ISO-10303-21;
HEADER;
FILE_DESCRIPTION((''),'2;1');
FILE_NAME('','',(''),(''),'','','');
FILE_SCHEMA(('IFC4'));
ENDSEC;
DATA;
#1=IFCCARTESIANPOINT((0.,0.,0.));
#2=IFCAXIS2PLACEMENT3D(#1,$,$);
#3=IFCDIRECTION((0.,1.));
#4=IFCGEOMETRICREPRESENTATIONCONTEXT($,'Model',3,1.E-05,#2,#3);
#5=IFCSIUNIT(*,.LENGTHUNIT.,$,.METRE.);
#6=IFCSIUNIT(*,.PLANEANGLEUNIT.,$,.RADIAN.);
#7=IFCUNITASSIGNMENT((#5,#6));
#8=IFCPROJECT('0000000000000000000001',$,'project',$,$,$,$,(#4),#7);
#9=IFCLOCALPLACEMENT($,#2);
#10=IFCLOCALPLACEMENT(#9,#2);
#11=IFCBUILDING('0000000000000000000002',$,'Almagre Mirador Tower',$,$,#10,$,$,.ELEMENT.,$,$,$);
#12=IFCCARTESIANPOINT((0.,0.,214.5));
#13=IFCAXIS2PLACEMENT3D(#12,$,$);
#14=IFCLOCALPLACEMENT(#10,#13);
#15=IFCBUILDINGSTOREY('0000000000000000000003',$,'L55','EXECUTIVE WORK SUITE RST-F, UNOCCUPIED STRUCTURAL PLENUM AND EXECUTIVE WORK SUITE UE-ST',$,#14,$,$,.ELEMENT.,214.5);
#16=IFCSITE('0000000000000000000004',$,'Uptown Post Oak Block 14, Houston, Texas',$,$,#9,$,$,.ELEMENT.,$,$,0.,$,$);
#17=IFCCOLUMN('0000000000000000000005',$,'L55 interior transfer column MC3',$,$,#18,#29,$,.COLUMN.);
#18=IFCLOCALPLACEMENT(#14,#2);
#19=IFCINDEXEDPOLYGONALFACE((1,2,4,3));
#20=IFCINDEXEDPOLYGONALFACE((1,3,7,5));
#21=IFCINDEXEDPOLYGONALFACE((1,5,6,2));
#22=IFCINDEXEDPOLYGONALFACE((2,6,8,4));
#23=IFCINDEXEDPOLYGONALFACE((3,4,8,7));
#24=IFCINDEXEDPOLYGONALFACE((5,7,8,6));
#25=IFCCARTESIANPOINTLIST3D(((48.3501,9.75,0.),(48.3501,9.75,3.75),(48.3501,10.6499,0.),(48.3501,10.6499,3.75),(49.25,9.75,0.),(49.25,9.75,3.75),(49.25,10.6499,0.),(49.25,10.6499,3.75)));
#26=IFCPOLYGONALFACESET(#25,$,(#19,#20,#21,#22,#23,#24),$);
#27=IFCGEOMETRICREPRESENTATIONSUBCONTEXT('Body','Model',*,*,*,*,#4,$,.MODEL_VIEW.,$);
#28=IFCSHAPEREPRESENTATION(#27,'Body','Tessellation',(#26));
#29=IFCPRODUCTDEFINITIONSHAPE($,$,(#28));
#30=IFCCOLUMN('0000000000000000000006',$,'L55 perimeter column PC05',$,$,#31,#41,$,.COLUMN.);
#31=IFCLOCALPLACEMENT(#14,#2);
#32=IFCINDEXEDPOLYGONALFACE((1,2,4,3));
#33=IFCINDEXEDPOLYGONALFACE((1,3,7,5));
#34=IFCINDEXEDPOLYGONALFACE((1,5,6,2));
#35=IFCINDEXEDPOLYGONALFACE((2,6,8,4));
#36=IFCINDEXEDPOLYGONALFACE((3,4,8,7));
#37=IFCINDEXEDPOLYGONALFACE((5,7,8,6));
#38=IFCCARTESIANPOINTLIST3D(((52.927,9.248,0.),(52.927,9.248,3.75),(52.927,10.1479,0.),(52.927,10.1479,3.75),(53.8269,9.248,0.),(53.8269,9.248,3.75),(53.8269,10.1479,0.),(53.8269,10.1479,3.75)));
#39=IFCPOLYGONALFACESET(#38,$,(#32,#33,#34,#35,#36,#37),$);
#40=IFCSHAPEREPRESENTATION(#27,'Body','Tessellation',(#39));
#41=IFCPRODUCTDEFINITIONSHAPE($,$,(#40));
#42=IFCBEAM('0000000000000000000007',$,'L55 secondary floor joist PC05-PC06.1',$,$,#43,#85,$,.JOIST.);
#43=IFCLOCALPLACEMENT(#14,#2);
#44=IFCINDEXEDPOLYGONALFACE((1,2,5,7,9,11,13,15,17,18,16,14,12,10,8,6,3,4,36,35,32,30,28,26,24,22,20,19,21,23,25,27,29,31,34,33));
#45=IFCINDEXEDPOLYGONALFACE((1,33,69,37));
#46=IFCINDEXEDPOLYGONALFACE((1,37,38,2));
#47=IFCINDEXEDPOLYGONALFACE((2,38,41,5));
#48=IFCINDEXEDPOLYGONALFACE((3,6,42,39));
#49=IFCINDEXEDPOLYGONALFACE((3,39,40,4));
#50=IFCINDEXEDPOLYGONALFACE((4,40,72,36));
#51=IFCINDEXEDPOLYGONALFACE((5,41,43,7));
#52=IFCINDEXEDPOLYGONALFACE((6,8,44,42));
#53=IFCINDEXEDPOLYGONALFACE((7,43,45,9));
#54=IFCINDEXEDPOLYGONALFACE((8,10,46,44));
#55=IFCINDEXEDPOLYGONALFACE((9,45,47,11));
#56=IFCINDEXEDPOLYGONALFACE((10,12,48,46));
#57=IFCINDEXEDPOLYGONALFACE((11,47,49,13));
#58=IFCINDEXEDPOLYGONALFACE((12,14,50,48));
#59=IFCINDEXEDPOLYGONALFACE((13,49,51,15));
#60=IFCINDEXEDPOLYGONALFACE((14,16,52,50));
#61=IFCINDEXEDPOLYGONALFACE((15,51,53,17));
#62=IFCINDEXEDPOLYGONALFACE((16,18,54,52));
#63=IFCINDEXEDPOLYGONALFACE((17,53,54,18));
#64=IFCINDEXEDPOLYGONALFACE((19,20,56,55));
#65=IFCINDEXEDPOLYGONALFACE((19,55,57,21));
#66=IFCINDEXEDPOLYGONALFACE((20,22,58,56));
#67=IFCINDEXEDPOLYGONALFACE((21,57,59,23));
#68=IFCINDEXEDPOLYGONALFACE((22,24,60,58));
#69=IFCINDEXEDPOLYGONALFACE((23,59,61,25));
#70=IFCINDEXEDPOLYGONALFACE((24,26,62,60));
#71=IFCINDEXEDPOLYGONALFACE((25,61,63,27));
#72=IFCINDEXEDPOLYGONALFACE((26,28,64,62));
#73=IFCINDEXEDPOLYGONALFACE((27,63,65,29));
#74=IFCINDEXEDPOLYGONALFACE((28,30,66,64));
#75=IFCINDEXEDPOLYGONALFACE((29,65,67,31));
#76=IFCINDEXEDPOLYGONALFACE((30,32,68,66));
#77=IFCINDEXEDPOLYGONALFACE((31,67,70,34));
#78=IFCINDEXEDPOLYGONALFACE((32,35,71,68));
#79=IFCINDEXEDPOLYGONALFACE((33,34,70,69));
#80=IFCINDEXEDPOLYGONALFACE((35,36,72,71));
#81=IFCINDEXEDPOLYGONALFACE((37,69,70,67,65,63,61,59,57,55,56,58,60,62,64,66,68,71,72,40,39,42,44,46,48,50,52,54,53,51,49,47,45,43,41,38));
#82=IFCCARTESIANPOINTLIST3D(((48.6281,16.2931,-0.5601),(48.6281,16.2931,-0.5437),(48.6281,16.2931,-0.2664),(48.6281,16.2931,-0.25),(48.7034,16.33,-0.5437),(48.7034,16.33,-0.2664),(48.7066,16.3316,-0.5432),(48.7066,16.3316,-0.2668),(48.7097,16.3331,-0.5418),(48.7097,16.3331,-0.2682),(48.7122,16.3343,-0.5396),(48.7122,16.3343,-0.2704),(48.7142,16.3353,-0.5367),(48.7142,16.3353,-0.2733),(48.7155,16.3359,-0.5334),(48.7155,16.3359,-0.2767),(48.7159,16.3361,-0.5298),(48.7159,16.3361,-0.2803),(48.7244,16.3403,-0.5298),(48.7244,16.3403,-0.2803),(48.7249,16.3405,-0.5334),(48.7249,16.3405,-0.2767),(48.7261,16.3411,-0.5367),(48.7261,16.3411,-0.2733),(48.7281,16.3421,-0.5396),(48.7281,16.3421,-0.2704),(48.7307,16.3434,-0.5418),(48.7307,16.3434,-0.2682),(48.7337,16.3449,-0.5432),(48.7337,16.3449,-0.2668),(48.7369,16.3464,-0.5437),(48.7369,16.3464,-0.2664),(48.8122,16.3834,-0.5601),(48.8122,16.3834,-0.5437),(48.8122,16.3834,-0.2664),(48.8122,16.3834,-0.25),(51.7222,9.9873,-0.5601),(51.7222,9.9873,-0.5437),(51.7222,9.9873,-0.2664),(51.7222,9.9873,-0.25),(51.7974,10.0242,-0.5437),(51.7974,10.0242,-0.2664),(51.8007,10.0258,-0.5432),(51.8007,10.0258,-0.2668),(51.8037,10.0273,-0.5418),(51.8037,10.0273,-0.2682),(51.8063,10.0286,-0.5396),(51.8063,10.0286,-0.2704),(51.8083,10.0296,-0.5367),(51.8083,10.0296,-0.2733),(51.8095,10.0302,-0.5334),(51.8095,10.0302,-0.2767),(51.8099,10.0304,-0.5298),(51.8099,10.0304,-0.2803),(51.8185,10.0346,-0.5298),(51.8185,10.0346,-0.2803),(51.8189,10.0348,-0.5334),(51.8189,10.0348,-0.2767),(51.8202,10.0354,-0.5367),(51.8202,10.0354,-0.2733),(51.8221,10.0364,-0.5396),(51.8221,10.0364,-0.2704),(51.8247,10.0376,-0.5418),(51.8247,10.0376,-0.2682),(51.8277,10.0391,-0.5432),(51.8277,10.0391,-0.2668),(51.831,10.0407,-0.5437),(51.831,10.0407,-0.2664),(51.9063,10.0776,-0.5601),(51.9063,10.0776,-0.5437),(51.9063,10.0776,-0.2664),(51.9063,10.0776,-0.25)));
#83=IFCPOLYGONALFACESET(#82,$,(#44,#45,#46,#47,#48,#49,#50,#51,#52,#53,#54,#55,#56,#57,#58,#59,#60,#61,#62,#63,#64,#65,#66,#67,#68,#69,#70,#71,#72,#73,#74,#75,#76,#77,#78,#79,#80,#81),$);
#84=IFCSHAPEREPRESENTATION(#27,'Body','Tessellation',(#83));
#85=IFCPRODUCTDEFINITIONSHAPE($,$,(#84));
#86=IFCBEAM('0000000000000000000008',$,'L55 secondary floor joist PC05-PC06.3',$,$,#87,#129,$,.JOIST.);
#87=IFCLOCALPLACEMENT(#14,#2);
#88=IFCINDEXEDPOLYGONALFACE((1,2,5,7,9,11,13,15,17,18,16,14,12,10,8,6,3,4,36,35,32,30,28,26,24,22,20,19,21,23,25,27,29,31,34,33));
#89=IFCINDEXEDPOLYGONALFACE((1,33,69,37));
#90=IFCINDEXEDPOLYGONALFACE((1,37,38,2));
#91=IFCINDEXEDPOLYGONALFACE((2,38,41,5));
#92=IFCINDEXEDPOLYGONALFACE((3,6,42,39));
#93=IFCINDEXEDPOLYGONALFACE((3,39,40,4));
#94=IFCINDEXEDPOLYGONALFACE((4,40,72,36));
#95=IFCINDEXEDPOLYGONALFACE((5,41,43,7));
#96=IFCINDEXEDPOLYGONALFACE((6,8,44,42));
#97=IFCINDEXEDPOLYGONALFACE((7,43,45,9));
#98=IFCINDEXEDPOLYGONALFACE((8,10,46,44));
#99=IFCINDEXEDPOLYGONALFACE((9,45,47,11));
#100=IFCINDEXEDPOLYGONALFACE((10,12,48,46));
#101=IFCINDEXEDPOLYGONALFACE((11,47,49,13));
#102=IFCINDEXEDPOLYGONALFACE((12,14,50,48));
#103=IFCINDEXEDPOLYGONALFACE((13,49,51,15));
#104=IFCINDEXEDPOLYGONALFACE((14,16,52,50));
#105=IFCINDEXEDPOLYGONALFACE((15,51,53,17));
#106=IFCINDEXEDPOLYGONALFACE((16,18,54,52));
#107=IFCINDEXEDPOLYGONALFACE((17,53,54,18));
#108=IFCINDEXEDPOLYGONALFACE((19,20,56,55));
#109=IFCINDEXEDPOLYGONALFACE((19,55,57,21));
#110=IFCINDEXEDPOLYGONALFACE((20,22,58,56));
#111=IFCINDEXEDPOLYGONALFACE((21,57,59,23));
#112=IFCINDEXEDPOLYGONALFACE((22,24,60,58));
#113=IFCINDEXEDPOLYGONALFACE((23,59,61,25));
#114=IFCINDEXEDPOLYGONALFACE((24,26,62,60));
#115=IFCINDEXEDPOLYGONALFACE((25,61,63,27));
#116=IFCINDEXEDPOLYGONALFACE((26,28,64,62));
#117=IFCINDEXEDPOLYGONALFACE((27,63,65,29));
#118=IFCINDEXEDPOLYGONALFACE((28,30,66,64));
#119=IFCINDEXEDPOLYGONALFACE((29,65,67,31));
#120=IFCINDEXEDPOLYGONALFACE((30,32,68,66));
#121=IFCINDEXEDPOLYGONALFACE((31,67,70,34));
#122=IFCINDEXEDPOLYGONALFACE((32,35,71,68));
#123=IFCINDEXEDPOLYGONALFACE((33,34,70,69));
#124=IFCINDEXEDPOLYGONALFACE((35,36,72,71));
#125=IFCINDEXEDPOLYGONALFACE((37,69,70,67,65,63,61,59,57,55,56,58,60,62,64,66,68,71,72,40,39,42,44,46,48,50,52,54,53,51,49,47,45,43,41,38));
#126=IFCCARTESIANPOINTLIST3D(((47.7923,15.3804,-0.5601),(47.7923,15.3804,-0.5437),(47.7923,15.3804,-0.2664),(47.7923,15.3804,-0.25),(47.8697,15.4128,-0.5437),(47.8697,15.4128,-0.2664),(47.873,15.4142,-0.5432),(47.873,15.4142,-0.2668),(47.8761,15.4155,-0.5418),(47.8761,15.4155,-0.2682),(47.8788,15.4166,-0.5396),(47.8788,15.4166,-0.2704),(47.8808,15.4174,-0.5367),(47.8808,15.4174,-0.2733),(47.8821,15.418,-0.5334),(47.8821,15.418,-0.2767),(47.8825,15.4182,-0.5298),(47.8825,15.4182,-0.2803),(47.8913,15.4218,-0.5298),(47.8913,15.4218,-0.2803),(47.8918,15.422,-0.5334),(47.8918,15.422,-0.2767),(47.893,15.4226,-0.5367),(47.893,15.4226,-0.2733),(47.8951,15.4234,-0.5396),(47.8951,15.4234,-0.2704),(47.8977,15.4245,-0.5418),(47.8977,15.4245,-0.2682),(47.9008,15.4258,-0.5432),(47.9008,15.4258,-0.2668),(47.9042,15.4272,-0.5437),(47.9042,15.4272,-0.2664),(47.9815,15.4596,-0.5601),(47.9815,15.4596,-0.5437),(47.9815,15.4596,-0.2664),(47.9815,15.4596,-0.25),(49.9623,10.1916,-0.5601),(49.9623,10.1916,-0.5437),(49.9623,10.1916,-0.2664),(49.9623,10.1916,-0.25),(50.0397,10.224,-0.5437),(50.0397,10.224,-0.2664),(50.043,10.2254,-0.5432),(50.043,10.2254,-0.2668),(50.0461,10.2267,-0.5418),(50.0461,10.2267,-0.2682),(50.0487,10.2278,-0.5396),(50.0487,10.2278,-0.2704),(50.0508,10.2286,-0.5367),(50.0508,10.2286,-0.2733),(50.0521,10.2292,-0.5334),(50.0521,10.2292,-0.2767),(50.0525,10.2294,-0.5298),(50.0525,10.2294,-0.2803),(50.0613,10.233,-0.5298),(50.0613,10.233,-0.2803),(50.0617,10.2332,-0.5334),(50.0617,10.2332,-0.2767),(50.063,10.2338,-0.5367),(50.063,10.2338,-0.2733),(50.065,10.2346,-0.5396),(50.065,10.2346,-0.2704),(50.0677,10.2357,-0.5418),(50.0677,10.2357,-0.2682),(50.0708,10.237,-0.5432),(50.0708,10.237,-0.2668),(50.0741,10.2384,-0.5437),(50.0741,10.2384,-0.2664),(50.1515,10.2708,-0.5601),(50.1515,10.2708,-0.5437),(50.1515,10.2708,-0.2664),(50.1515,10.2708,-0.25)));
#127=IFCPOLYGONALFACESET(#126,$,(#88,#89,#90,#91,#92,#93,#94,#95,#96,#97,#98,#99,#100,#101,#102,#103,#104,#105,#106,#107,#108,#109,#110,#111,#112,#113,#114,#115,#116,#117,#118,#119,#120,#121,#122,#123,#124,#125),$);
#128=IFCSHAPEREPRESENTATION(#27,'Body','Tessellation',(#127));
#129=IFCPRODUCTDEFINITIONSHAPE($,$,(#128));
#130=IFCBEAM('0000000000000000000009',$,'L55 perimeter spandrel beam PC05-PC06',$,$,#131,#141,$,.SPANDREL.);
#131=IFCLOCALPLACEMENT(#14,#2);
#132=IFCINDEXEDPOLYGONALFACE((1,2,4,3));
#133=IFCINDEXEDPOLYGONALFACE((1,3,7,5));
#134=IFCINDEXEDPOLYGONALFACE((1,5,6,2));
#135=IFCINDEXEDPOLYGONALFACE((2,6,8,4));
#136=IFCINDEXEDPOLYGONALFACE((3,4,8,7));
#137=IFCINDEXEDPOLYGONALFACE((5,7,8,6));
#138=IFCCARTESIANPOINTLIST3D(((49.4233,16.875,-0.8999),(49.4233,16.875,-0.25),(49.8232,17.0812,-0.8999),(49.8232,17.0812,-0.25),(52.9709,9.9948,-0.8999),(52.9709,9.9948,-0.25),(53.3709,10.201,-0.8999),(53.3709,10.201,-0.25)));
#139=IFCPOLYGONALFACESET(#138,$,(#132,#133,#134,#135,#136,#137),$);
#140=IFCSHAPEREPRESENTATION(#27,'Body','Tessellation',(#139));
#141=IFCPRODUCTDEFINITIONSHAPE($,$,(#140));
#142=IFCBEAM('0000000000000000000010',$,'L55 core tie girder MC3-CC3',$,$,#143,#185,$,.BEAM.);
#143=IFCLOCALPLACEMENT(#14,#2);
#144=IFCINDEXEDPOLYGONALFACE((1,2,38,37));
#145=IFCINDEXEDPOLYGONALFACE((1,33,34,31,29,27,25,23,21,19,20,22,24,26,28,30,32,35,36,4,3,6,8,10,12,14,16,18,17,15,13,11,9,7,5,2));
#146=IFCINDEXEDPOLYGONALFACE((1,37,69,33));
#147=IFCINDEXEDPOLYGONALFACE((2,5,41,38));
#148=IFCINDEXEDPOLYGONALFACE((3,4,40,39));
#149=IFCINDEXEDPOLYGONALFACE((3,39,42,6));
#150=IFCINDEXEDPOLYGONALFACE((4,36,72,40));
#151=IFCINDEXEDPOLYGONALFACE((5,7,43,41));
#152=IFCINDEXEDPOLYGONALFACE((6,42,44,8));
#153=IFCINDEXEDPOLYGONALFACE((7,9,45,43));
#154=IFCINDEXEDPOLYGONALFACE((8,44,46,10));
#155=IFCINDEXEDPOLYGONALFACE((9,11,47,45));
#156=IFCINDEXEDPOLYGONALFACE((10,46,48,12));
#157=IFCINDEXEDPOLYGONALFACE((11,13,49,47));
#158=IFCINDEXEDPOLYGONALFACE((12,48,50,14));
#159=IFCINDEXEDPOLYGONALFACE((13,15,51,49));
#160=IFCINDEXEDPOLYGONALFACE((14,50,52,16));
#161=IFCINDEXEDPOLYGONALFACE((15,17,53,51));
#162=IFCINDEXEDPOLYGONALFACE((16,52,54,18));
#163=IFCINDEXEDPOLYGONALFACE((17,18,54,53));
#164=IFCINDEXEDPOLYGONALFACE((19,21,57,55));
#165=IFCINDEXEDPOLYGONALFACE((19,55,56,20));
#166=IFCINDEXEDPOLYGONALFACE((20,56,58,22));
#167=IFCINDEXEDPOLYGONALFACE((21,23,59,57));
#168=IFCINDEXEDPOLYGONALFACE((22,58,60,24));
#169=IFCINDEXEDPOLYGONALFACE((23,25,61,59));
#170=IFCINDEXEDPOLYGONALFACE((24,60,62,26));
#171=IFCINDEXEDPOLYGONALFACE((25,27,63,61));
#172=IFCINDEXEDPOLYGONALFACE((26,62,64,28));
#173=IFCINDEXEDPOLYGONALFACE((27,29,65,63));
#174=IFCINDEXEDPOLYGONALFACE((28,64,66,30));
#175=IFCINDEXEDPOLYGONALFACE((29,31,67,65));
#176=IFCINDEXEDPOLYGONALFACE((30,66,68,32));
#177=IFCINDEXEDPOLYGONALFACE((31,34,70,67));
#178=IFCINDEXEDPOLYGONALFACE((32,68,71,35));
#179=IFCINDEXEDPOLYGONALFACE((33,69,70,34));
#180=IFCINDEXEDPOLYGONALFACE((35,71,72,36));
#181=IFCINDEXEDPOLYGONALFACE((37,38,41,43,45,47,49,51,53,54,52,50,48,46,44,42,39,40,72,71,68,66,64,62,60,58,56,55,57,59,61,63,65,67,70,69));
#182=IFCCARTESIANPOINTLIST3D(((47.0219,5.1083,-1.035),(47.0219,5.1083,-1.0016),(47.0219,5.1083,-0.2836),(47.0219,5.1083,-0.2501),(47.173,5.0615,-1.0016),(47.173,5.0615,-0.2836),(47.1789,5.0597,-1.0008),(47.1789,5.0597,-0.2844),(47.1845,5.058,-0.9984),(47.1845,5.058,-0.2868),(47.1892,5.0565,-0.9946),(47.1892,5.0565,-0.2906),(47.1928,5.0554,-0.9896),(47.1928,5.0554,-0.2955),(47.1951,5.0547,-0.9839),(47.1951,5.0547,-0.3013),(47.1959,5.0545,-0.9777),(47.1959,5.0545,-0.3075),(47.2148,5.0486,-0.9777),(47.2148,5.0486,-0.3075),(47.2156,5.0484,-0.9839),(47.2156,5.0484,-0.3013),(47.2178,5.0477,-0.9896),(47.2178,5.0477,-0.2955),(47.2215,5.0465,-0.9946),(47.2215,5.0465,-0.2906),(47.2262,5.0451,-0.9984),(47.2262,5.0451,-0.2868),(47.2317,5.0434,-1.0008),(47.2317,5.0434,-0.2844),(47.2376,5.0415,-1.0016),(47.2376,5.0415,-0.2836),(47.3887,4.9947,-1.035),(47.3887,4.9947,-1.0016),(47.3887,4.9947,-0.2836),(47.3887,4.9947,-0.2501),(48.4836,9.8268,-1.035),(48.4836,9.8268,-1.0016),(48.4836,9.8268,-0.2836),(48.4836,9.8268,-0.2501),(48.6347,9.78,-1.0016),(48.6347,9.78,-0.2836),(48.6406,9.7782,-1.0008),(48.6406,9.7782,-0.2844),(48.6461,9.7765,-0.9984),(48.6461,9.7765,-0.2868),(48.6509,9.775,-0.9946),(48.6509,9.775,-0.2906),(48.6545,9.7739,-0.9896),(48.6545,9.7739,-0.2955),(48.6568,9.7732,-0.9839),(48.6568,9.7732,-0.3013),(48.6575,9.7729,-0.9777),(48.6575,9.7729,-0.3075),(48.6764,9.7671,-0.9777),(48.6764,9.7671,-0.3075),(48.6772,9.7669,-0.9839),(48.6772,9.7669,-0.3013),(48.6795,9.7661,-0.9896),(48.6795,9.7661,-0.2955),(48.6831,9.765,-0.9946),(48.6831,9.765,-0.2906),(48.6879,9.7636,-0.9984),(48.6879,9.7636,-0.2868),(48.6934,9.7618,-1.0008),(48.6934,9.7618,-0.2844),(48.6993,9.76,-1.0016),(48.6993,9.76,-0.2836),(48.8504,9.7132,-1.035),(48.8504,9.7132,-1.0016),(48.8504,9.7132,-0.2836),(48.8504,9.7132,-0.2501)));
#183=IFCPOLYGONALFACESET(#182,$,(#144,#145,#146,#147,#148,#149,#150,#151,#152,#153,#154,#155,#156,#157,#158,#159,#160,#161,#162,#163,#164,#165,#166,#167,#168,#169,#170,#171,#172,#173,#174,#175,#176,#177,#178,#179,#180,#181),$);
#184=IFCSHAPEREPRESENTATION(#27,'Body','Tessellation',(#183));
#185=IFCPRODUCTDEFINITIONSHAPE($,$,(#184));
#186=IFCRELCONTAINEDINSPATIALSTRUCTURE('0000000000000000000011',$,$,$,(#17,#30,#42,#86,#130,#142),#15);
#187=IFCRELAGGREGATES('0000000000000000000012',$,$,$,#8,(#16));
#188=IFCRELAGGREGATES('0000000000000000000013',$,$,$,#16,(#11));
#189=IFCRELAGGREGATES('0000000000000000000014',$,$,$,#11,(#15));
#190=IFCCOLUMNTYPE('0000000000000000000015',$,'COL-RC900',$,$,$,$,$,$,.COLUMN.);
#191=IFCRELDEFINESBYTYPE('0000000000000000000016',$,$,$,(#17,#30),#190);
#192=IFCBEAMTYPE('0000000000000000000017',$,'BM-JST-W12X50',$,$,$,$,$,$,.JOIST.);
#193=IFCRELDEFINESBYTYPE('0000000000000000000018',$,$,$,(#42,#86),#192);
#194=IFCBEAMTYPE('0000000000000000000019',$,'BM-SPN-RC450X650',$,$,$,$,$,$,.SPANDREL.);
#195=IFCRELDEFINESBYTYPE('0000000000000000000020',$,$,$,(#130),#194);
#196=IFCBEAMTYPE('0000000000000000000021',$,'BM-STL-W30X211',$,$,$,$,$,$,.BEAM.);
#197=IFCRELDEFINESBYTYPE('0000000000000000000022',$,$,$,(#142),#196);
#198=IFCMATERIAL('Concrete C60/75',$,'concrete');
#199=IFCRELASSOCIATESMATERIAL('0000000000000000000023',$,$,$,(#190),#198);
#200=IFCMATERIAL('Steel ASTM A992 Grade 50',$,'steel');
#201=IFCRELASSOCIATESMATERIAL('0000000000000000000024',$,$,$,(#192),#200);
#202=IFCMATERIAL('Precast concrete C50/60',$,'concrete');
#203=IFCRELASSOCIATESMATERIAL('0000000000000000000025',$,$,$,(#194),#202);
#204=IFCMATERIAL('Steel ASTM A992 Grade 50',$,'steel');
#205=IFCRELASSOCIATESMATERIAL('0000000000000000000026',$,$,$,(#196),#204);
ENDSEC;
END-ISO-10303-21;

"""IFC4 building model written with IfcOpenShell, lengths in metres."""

from ifc_helpers import new_model, si_unit, direction, frame, origin, origin_2d, place, context, subcontext, project, spatial, rectangle, i_section, extrude, material, material_profile, profile_set, type_object, element, save


model = new_model("IFC4")

# Units and contexts
model_context = context("Model", 3, precision=1e-05, world=origin(), true_north=direction((0.0, 1.0)))
body_context = subcontext(model_context, "Body", "Model", "MODEL_VIEW")
ifc_project = project(units=[si_unit("LENGTHUNIT", "METRE"), si_unit("PLANEANGLEUNIT", "RADIAN")], contexts=[model_context])

# Site, building, storey
site_placement = place(None, origin())
site = spatial("IfcSite", under=ifc_project, at=site_placement, Name="Uptown Post Oak Block 14, Houston, Texas", CompositionType="ELEMENT", RefElevation=0.0)
building_placement = place(site_placement, origin())
building = spatial("IfcBuilding", under=site, at=building_placement, Name="Almagre Mirador Tower", CompositionType="ELEMENT")
storey_placement = place(building_placement, frame((0.0, 0.0, 214.5)))
storey = spatial("IfcBuildingStorey", under=building, at=storey_placement, Name="L55", Description="EXECUTIVE WORK SUITE RST-F, UNOCCUPIED STRUCTURAL PLENUM AND EXECUTIVE WORK SUITE UE-ST", CompositionType="ELEMENT", Elevation=214.5)

# Columns
ifc_material_1 = material(Name="Concrete C60/75", Category="concrete")
ifc_material_profile_1 = material_profile(ifc_material_1, rectangle(XDim=0.8999, YDim=0.8999, at=origin_2d()), Name="RC900X900")
ifc_profile_set_1 = profile_set([ifc_material_profile_1], Name="Concrete C60/75")
column_type = type_object("IfcColumnType", Name="COL-RC900", PredefinedType="COLUMN", material=ifc_profile_set_1)
for number, where, z_axis, x_axis, name in (
    (1, (48.8, 10.2, 0.0), (0.0, 0.0, 1.0), (1.0, 0.0, 0.0), "L55 interior transfer column MC3"),
    (2, (53.377, 9.698, 0.0), (0.0, 0.0, 1.0), (1.0, 0.0, 0.0), "L55 perimeter column PC05"),
):
    element("IfcColumn", number, at=place(storey_placement, frame(where, z_axis=z_axis, x_axis=x_axis)), inside=storey, type_object=column_type, Name=name, PredefinedType="COLUMN", context=body_context, shape_type="SweptSolid", body=[
        extrude(rectangle(XDim=0.8999, YDim=0.8999, at=origin_2d()), origin(), (0.0, 0.0, 1.0), 3.75),
    ])

# Beams
ifc_material_2 = material(Name="Steel ASTM A992 Grade 50", Category="steel")
ifc_material_profile_2 = material_profile(ifc_material_2, i_section(OverallWidth=0.2051, OverallDepth=0.3101, WebThickness=0.0095, FlangeThickness=0.0164, FilletRadius=0.0139, at=origin_2d()), Name="W12X50")
ifc_profile_set_2 = profile_set([ifc_material_profile_2], Name="Steel ASTM A992 Grade 50")
beam_type_1 = type_object("IfcBeamType", Name="BM-JST-W12X50", PredefinedType="JOIST", material=ifc_profile_set_2)
beam_1_placement = place(storey_placement, frame((51.8142, 10.0325, -0.405), z_axis=(-0.4405, 0.897753, 0.0), x_axis=(-0.897753, -0.4405, 0.0)))
element("IfcBeam", 3, at=beam_1_placement, inside=storey, type_object=beam_type_1, Name="L55 secondary floor joist PC05-PC06.1", PredefinedType="JOIST", context=body_context, shape_type="SweptSolid", body=[
    extrude(i_section(OverallWidth=0.2051, OverallDepth=0.3101, WebThickness=0.0095, FlangeThickness=0.0164, FilletRadius=0.0139, at=origin_2d()), origin(), (0.0, 0.0, 1.0), 7.0239),
])
beam_2_placement = place(storey_placement, frame((50.0569, 10.2312, -0.405), z_axis=(-0.38582, 0.922574, 0.0), x_axis=(-0.922574, -0.38582, 0.0)))
element("IfcBeam", 4, at=beam_2_placement, inside=storey, type_object=beam_type_1, Name="L55 secondary floor joist PC05-PC06.3", PredefinedType="JOIST", context=body_context, shape_type="SweptSolid", body=[
    extrude(i_section(OverallWidth=0.2051, OverallDepth=0.3101, WebThickness=0.0095, FlangeThickness=0.0164, FilletRadius=0.0139, at=origin_2d()), origin(), (0.0, 0.0, 1.0), 5.6243),
])
ifc_material_3 = material(Name="Precast concrete C50/60", Category="concrete")
ifc_material_profile_3 = material_profile(ifc_material_3, rectangle(XDim=0.45, YDim=0.6499, at=origin_2d()), Name="RC450X650")
ifc_profile_set_3 = profile_set([ifc_material_profile_3], Name="Precast concrete C50/60")
beam_type_2 = type_object("IfcBeamType", Name="BM-SPN-RC450X650", PredefinedType="SPANDREL", material=ifc_profile_set_3)
beam_3_placement = place(storey_placement, frame((53.1709, 10.0979, -0.575), z_axis=(-0.458293, 0.888801, 0.0), x_axis=(-0.888801, -0.458293, 0.0)))
element("IfcBeam", 5, at=beam_3_placement, inside=storey, type_object=beam_type_2, Name="L55 perimeter spandrel beam PC05-PC06", PredefinedType="SPANDREL", context=body_context, shape_type="SweptSolid", body=[
    extrude(rectangle(XDim=0.45, YDim=0.6499, at=origin_2d()), origin(), (0.0, 0.0, 1.0), 7.741),
])
ifc_material_4 = material(Name="Steel ASTM A992 Grade 50", Category="steel")
ifc_material_profile_4 = material_profile(ifc_material_4, i_section(OverallWidth=0.384, OverallDepth=0.7849, WebThickness=0.0198, FlangeThickness=0.0334, FilletRadius=0.0239, at=origin_2d()), Name="W30X211")
ifc_profile_set_4 = profile_set([ifc_material_profile_4], Name="Steel ASTM A992 Grade 50")
beam_type_3 = type_object("IfcBeamType", Name="BM-STL-W30X211", PredefinedType="BEAM", material=ifc_profile_set_4)
beam_4_placement = place(storey_placement, frame((48.667, 9.77, -0.6426), z_axis=(-0.295902, -0.955218, 0.0), x_axis=(0.955218, -0.295902, 0.0)))
element("IfcBeam", 6, at=beam_4_placement, inside=storey, type_object=beam_type_3, Name="L55 core tie girder MC3-CC3", PredefinedType="BEAM", context=body_context, shape_type="SweptSolid", body=[
    extrude(i_section(OverallWidth=0.384, OverallDepth=0.7849, WebThickness=0.0198, FlangeThickness=0.0334, FilletRadius=0.0239, at=origin_2d()), origin(), (0.0, 0.0, 1.0), 4.9397),
])

save(model, "model.ifc")
